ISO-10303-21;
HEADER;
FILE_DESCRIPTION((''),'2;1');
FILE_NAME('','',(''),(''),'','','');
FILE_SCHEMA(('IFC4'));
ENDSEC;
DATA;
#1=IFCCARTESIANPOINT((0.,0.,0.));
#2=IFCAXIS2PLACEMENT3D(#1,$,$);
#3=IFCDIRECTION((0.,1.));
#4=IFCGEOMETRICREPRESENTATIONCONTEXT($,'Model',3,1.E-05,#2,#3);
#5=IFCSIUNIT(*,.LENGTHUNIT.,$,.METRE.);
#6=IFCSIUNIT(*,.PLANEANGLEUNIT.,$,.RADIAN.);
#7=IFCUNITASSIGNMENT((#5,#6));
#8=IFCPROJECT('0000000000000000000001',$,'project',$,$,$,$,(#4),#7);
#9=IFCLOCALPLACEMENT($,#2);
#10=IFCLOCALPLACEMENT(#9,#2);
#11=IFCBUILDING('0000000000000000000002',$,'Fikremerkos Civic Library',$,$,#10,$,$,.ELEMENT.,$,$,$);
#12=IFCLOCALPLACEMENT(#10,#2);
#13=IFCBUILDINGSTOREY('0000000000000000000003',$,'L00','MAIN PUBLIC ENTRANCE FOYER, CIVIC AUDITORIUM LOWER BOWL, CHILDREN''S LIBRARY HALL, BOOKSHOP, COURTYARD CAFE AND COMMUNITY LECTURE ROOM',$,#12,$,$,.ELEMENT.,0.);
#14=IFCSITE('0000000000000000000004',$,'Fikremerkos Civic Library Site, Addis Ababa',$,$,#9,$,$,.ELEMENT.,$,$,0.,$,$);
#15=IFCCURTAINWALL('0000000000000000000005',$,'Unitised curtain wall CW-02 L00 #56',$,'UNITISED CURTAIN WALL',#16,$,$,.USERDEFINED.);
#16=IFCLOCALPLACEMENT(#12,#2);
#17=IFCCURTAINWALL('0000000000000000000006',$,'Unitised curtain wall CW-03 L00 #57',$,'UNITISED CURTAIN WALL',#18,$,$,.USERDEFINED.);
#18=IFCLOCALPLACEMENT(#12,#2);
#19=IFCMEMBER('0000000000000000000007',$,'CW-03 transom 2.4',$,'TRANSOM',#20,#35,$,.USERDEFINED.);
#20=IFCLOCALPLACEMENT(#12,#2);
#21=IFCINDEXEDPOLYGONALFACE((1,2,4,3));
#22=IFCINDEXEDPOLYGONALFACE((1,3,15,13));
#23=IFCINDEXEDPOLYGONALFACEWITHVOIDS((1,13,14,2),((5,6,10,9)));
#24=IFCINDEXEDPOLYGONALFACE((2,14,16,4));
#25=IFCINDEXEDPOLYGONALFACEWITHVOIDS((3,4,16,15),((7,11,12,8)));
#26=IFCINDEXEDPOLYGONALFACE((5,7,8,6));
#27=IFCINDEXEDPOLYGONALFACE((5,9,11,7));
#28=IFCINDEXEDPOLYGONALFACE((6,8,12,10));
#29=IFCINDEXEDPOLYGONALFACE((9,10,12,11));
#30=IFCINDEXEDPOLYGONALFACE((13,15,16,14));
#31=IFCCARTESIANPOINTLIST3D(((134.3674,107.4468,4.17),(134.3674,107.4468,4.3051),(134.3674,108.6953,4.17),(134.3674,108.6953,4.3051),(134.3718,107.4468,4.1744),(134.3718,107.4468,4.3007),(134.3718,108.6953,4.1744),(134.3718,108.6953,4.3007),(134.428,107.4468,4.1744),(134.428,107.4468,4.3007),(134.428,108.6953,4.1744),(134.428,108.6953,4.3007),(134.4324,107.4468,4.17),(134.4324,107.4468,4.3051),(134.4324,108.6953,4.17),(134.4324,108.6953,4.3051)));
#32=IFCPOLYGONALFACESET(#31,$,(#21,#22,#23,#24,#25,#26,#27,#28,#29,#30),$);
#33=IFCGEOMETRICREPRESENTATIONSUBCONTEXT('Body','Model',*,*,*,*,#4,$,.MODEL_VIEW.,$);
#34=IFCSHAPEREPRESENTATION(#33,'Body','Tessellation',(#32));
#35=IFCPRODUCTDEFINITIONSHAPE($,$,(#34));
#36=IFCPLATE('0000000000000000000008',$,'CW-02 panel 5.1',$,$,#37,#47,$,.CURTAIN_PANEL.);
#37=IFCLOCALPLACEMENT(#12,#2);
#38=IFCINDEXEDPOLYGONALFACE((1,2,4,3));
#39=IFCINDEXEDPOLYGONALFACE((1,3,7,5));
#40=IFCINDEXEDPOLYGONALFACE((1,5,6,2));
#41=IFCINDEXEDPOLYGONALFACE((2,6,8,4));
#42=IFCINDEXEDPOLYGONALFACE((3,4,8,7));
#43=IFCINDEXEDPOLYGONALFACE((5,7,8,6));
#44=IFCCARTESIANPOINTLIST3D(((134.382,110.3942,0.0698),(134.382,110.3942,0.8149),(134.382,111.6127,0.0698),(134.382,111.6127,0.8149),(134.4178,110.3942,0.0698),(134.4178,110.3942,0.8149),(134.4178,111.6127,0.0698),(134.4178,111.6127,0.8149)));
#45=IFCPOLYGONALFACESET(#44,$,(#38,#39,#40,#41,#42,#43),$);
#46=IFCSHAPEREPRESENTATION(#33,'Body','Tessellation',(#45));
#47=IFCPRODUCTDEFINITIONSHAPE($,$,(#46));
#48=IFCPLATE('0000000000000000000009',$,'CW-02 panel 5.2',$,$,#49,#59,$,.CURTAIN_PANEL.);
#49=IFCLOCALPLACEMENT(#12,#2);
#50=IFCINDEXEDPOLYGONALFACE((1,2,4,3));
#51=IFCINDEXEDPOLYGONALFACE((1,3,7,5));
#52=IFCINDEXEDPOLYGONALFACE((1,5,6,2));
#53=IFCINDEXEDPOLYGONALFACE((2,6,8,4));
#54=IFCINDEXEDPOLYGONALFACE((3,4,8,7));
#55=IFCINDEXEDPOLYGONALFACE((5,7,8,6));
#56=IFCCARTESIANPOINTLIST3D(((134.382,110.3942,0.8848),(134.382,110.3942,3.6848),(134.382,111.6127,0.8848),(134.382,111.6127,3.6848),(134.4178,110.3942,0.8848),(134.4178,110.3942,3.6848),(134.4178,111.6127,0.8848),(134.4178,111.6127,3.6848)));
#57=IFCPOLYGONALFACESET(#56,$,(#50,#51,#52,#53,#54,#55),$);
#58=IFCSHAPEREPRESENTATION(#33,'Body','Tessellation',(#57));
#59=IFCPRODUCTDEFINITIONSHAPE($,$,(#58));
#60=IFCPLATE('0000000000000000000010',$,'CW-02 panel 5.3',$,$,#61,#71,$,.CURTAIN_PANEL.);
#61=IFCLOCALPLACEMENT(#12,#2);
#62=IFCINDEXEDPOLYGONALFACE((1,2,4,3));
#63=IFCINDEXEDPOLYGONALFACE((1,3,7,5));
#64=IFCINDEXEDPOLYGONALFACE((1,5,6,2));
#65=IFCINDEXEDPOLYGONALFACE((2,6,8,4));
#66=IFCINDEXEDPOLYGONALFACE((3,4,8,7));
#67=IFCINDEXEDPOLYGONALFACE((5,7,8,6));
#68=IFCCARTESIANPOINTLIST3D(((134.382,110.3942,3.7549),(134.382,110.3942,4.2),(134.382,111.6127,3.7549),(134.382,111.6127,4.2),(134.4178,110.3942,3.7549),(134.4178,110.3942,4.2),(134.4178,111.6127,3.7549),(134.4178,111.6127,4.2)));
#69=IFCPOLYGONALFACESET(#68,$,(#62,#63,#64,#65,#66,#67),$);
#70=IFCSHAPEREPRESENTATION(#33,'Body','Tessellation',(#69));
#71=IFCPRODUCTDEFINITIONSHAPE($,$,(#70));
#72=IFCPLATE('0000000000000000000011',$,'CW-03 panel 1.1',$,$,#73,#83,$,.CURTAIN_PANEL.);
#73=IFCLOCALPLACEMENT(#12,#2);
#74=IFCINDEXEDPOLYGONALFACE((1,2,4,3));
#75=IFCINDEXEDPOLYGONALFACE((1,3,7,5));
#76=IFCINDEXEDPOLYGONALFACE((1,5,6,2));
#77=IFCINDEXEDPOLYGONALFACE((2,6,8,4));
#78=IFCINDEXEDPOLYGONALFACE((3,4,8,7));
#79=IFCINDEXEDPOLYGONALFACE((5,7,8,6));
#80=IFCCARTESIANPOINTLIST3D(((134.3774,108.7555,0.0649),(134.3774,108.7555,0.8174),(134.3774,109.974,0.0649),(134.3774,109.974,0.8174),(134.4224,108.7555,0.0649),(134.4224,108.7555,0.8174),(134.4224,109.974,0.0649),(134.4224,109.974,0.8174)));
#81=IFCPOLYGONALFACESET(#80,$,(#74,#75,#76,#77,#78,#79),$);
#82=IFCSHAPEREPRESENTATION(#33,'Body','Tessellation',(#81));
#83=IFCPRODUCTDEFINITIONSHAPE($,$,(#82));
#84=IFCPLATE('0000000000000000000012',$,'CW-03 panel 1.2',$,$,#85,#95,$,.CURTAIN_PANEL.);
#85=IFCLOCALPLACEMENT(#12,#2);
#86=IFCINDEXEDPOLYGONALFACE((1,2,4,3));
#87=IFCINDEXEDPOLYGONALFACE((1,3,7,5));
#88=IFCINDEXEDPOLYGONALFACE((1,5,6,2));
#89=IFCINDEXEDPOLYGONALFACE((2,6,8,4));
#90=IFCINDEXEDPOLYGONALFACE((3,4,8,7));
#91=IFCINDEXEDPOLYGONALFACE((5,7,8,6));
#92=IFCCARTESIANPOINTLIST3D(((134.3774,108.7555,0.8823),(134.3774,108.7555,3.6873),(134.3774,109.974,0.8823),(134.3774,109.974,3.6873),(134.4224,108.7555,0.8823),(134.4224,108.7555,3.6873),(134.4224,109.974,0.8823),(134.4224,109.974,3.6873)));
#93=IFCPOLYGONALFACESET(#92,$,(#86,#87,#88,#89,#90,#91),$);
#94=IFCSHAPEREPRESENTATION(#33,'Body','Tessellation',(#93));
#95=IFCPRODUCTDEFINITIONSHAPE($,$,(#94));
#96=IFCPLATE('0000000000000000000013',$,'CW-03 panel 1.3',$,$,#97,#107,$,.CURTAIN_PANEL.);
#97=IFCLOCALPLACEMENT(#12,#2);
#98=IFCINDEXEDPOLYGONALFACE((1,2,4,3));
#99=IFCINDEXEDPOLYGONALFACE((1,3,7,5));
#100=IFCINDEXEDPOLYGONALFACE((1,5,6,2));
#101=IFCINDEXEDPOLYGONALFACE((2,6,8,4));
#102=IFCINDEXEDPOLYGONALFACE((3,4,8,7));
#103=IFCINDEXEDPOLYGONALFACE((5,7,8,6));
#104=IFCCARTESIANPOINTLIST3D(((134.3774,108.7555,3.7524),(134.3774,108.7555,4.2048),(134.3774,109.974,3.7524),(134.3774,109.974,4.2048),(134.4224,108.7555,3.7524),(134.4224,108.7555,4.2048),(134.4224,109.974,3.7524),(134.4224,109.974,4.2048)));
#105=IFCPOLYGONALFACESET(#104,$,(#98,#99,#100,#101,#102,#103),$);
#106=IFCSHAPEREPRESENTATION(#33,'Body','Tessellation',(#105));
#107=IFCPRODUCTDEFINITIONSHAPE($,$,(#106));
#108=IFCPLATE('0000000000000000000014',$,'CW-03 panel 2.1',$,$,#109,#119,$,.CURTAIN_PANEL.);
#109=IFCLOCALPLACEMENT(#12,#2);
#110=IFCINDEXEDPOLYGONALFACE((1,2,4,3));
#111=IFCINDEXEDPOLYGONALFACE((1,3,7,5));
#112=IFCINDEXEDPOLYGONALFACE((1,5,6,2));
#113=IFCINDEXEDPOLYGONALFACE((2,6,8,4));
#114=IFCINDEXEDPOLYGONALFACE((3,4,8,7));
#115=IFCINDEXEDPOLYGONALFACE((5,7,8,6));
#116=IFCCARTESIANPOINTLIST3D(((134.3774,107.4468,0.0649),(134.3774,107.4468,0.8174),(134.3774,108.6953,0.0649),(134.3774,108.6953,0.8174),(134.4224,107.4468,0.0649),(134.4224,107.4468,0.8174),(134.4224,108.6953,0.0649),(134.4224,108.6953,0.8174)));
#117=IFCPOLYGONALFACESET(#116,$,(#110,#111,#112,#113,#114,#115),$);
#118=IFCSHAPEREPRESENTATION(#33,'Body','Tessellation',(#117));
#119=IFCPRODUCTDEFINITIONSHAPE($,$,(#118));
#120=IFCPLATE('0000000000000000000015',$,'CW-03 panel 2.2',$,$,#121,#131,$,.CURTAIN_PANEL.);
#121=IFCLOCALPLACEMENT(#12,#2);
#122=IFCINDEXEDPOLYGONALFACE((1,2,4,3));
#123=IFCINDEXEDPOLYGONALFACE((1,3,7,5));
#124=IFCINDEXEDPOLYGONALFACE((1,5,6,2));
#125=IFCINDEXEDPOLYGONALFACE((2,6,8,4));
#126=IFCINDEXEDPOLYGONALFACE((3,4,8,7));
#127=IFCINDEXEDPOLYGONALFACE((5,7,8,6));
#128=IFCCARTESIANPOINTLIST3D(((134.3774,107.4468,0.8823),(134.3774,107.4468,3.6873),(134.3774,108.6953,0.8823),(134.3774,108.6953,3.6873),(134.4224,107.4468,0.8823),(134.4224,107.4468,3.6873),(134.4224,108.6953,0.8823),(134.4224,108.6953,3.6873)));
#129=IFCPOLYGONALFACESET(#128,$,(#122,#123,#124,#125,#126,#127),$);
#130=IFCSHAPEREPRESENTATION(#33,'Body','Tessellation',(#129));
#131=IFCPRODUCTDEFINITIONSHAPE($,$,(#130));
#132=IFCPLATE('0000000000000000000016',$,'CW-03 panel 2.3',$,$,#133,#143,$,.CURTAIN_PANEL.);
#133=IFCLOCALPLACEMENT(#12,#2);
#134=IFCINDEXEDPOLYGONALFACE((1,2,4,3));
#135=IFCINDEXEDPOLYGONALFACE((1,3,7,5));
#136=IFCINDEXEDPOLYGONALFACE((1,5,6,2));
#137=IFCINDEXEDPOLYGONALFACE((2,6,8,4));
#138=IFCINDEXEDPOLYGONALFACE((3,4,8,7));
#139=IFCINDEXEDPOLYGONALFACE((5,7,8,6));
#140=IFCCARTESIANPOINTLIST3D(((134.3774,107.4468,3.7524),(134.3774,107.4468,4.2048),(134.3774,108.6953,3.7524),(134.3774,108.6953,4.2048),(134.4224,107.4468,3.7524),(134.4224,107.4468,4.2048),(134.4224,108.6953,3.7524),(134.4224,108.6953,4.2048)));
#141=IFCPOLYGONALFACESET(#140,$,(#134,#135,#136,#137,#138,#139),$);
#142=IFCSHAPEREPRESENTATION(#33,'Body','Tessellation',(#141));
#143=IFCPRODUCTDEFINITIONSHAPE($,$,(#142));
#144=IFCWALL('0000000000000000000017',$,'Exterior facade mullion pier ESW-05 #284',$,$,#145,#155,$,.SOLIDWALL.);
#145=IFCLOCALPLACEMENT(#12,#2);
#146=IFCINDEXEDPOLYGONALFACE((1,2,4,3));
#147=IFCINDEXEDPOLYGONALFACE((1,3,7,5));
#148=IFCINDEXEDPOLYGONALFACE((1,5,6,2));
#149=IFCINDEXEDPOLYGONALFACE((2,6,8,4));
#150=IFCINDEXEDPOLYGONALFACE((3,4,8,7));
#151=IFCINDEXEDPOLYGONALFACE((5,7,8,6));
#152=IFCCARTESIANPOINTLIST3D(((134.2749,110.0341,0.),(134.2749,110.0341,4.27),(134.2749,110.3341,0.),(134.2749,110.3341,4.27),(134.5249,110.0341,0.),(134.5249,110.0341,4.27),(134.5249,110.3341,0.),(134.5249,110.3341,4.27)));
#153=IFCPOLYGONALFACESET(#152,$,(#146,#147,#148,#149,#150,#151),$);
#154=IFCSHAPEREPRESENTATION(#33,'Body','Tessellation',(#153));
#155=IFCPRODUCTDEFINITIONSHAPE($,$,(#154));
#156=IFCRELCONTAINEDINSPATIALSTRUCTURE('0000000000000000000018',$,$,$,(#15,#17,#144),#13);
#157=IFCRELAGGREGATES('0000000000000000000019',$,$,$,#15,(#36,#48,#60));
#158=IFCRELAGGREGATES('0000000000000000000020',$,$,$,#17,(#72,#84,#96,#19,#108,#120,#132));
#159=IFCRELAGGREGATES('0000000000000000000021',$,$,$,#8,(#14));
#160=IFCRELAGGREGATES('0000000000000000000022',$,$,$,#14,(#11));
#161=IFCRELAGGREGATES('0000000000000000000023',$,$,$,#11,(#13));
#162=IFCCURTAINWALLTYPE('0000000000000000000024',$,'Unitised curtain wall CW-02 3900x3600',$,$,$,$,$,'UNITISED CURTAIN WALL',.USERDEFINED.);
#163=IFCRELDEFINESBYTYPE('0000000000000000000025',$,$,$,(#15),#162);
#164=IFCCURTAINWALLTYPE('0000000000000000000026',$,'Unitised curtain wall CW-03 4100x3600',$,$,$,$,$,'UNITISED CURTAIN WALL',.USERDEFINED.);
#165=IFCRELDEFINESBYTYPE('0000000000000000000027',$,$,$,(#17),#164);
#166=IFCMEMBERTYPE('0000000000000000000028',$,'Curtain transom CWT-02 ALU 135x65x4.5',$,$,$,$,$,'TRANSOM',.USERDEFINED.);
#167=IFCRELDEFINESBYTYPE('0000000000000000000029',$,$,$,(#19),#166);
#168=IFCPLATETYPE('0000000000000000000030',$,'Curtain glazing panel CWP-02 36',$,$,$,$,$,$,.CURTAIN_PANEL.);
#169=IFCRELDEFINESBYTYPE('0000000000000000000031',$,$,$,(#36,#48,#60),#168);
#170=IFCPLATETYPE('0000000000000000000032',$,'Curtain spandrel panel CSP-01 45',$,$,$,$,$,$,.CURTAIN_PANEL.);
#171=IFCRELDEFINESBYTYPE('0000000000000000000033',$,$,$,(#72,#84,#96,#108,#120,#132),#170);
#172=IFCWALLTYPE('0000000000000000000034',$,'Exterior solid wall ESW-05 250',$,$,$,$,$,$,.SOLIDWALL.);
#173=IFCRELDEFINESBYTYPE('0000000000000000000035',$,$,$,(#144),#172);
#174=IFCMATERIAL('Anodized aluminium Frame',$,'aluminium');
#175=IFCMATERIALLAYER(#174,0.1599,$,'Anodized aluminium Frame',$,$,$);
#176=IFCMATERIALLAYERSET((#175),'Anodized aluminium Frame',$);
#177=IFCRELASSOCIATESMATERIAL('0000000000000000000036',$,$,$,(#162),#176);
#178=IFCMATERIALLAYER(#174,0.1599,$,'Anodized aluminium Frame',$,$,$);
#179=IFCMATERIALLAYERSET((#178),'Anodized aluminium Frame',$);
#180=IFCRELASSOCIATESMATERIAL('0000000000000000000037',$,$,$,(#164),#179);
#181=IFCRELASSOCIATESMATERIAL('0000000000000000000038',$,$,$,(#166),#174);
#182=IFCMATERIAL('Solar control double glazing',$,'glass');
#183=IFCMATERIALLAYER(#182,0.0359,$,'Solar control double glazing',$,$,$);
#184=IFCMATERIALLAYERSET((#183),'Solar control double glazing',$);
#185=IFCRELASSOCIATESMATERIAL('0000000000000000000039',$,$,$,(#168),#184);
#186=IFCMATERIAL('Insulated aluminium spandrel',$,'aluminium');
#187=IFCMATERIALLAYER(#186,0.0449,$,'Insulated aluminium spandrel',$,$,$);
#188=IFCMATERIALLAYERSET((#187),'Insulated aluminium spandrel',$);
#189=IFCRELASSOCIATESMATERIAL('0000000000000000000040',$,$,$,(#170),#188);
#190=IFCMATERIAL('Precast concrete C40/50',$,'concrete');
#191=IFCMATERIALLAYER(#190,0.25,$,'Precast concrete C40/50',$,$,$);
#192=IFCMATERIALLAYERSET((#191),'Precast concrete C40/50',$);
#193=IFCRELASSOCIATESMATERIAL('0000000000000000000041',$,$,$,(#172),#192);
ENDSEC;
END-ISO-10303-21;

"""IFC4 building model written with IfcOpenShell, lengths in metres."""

from ifc_helpers import new_model, si_unit, direction, frame, frame_2d, origin, origin_2d, place, context, subcontext, project, spatial, rectangle, hollow_rectangle, extrude, material, layer, layer_set, material_profile, profile_set, type_object, element, aggregate, save


model = new_model("IFC4")

# Units and contexts
model_context = context("Model", 3, precision=1e-05, world=origin(), true_north=direction((0.0, 1.0)))
body_context = subcontext(model_context, "Body", "Model", "MODEL_VIEW")
ifc_project = project(units=[si_unit("LENGTHUNIT", "METRE"), si_unit("PLANEANGLEUNIT", "RADIAN")], contexts=[model_context])

# Site, building, storey
site_placement = place(None, origin())
site = spatial("IfcSite", under=ifc_project, at=site_placement, Name="Fikremerkos Civic Library Site, Addis Ababa", CompositionType="ELEMENT", RefElevation=0.0)
building_placement = place(site_placement, origin())
building = spatial("IfcBuilding", under=site, at=building_placement, Name="Fikremerkos Civic Library", CompositionType="ELEMENT")
storey_placement = place(building_placement, origin())
storey = spatial("IfcBuildingStorey", under=building, at=storey_placement, Name="L00", Description="MAIN PUBLIC ENTRANCE FOYER, CIVIC AUDITORIUM LOWER BOWL, CHILDREN'S LIBRARY HALL, BOOKSHOP, COURTYARD CAFE AND COMMUNITY LECTURE ROOM", CompositionType="ELEMENT", Elevation=0.0)

# Curtain wall
ifc_material_1 = material(Name="Anodized aluminium Frame", Category="aluminium")
ifc_layer_1 = layer(ifc_material_1, 0.1599, Name="Anodized aluminium Frame")
ifc_layer_set_1 = layer_set([ifc_layer_1], Name="Anodized aluminium Frame")
curtain_wall_type_1 = type_object("IfcCurtainWallType", Name="Unitised curtain wall CW-02 3900x3600", ElementType="UNITISED CURTAIN WALL", PredefinedType="USERDEFINED", material=ifc_layer_set_1)
curtain_wall_1_placement = place(storey_placement, origin())
curtain_wall_1 = element("IfcCurtainWall", 1, at=curtain_wall_1_placement, inside=storey, type_object=curtain_wall_type_1, Name="Unitised curtain wall CW-02 L00 #56", ObjectType="UNITISED CURTAIN WALL", PredefinedType="USERDEFINED")

# Curtain wall, member
ifc_layer_2 = layer(ifc_material_1, 0.1599, Name="Anodized aluminium Frame")
ifc_layer_set_2 = layer_set([ifc_layer_2], Name="Anodized aluminium Frame")
curtain_wall_type_2 = type_object("IfcCurtainWallType", Name="Unitised curtain wall CW-03 4100x3600", ElementType="UNITISED CURTAIN WALL", PredefinedType="USERDEFINED", material=ifc_layer_set_2)
curtain_wall_2_placement = place(storey_placement, origin())
curtain_wall_2 = element("IfcCurtainWall", 2, at=curtain_wall_2_placement, inside=storey, type_object=curtain_wall_type_2, Name="Unitised curtain wall CW-03 L00 #57", ObjectType="UNITISED CURTAIN WALL", PredefinedType="USERDEFINED")
ifc_material_profile_1 = material_profile(ifc_material_1, hollow_rectangle(XDim=0.0649, YDim=0.135, WallThickness=0.0044, at=origin_2d()), Name="ALU 135x65x4.5")
ifc_profile_set_1 = profile_set([ifc_material_profile_1], Name="Anodized aluminium Frame")
member_type_1 = type_object("IfcMemberType", Name="Curtain transom CWT-02 ALU 135x65x4.5", ElementType="TRANSOM", PredefinedType="USERDEFINED", material=ifc_profile_set_1)
member_1_placement = place(storey_placement, frame((134.3999, 108.6953, 4.2375), z_axis=(0.0, -1.0, 0.0), x_axis=(1.0, 0.0, 0.0)))
member_1 = element("IfcMember", 3, at=member_1_placement, type_object=member_type_1, Name="CW-03 transom 2.4", ObjectType="TRANSOM", PredefinedType="USERDEFINED", context=body_context, shape_type="SweptSolid", body=[
    extrude(hollow_rectangle(XDim=0.0649, YDim=0.135, WallThickness=0.0044, at=origin_2d()), origin(), (0.0, 0.0, 1.0), 1.2485),
])

# Plates
ifc_material_2 = material(Name="Solar control double glazing", Category="glass")
ifc_layer_3 = layer(ifc_material_2, 0.0359, Name="Solar control double glazing")
ifc_layer_set_3 = layer_set([ifc_layer_3], Name="Solar control double glazing")
plate_type_1 = type_object("IfcPlateType", Name="Curtain glazing panel CWP-02 36", PredefinedType="CURTAIN_PANEL", material=ifc_layer_set_3)
plate_1_placement = place(storey_placement, frame((134.3999, 111.0034, 0.0698), z_axis=(0.0, 0.0, 1.0), x_axis=(0.0, -1.0, 0.0)))
plate_1 = element("IfcPlate", 4, at=plate_1_placement, type_object=plate_type_1, Name="CW-02 panel 5.1", PredefinedType="CURTAIN_PANEL", context=body_context, shape_type="SweptSolid", body=[
    extrude(rectangle(XDim=1.2185, YDim=0.0359, at=origin_2d()), origin(), (0.0, 0.0, 1.0), 0.7451),
])
plate_2_placement = place(storey_placement, frame((134.3999, 111.0034, 0.8848), z_axis=(0.0, 0.0, 1.0), x_axis=(0.0, -1.0, 0.0)))
plate_2 = element("IfcPlate", 5, at=plate_2_placement, type_object=plate_type_1, Name="CW-02 panel 5.2", PredefinedType="CURTAIN_PANEL", context=body_context, shape_type="SweptSolid", body=[
    extrude(rectangle(XDim=1.2185, YDim=0.0359, at=origin_2d()), origin(), (0.0, 0.0, 1.0), 2.8),
])
plate_3_placement = place(storey_placement, frame((134.3999, 111.0034, 3.7549), z_axis=(0.0, 0.0, 1.0), x_axis=(0.0, -1.0, 0.0)))
plate_3 = element("IfcPlate", 6, at=plate_3_placement, type_object=plate_type_1, Name="CW-02 panel 5.3", PredefinedType="CURTAIN_PANEL", context=body_context, shape_type="SweptSolid", body=[
    extrude(rectangle(XDim=1.2185, YDim=0.0359, at=origin_2d()), origin(), (0.0, 0.0, 1.0), 0.4451),
])
aggregate(curtain_wall_1, [plate_1, plate_2, plate_3])
ifc_material_3 = material(Name="Insulated aluminium spandrel", Category="aluminium")
ifc_layer_4 = layer(ifc_material_3, 0.0449, Name="Insulated aluminium spandrel")
ifc_layer_set_4 = layer_set([ifc_layer_4], Name="Insulated aluminium spandrel")
plate_type_2 = type_object("IfcPlateType", Name="Curtain spandrel panel CSP-01 45", PredefinedType="CURTAIN_PANEL", material=ifc_layer_set_4)
plate_4_placement = place(storey_placement, frame((134.3999, 109.3647, 0.0649), z_axis=(0.0, 0.0, 1.0), x_axis=(0.0, -1.0, 0.0)))
plate_4 = element("IfcPlate", 7, at=plate_4_placement, type_object=plate_type_2, Name="CW-03 panel 1.1", PredefinedType="CURTAIN_PANEL", context=body_context, shape_type="SweptSolid", body=[
    extrude(rectangle(XDim=1.2185, YDim=0.0449, at=origin_2d()), origin(), (0.0, 0.0, 1.0), 0.7524),
])
plate_5_placement = place(storey_placement, frame((134.3999, 109.3647, 0.8823), z_axis=(0.0, 0.0, 1.0), x_axis=(0.0, -1.0, 0.0)))
plate_5 = element("IfcPlate", 8, at=plate_5_placement, type_object=plate_type_2, Name="CW-03 panel 1.2", PredefinedType="CURTAIN_PANEL", context=body_context, shape_type="SweptSolid", body=[
    extrude(rectangle(XDim=1.2185, YDim=0.0449, at=origin_2d()), origin(), (0.0, 0.0, 1.0), 2.8049),
])
plate_6_placement = place(storey_placement, frame((134.3999, 109.3647, 3.7524), z_axis=(0.0, 0.0, 1.0), x_axis=(0.0, -1.0, 0.0)))
plate_6 = element("IfcPlate", 9, at=plate_6_placement, type_object=plate_type_2, Name="CW-03 panel 1.3", PredefinedType="CURTAIN_PANEL", context=body_context, shape_type="SweptSolid", body=[
    extrude(rectangle(XDim=1.2185, YDim=0.0449, at=origin_2d()), origin(), (0.0, 0.0, 1.0), 0.4524),
])
plate_7_placement = place(storey_placement, frame((134.3999, 108.071, 0.0649), z_axis=(0.0, 0.0, 1.0), x_axis=(0.0, -1.0, 0.0)))
plate_7 = element("IfcPlate", 10, at=plate_7_placement, type_object=plate_type_2, Name="CW-03 panel 2.1", PredefinedType="CURTAIN_PANEL", context=body_context, shape_type="SweptSolid", body=[
    extrude(rectangle(XDim=1.2485, YDim=0.0449, at=origin_2d()), origin(), (0.0, 0.0, 1.0), 0.7524),
])
plate_8_placement = place(storey_placement, frame((134.3999, 108.071, 0.8823), z_axis=(0.0, 0.0, 1.0), x_axis=(0.0, -1.0, 0.0)))
plate_8 = element("IfcPlate", 11, at=plate_8_placement, type_object=plate_type_2, Name="CW-03 panel 2.2", PredefinedType="CURTAIN_PANEL", context=body_context, shape_type="SweptSolid", body=[
    extrude(rectangle(XDim=1.2485, YDim=0.0449, at=origin_2d()), origin(), (0.0, 0.0, 1.0), 2.8049),
])
plate_9_placement = place(storey_placement, frame((134.3999, 108.071, 3.7524), z_axis=(0.0, 0.0, 1.0), x_axis=(0.0, -1.0, 0.0)))
plate_9 = element("IfcPlate", 12, at=plate_9_placement, type_object=plate_type_2, Name="CW-03 panel 2.3", PredefinedType="CURTAIN_PANEL", context=body_context, shape_type="SweptSolid", body=[
    extrude(rectangle(XDim=1.2485, YDim=0.0449, at=origin_2d()), origin(), (0.0, 0.0, 1.0), 0.4524),
])
aggregate(curtain_wall_2, [plate_4, plate_5, plate_6, member_1, plate_7, plate_8, plate_9])

# Wall
ifc_material_4 = material(Name="Precast concrete C40/50", Category="concrete")
ifc_layer_5 = layer(ifc_material_4, 0.25, Name="Precast concrete C40/50")
ifc_layer_set_5 = layer_set([ifc_layer_5], Name="Precast concrete C40/50")
wall_type = type_object("IfcWallType", Name="Exterior solid wall ESW-05 250", PredefinedType="SOLIDWALL", material=ifc_layer_set_5)
wall_placement = place(storey_placement, frame((134.3999, 110.334, 0.0), z_axis=(0.0, 0.0, 1.0), x_axis=(0.0, -1.0, 0.0)))
element("IfcWall", 13, at=wall_placement, inside=storey, type_object=wall_type, Name="Exterior facade mullion pier ESW-05 #284", PredefinedType="SOLIDWALL", context=body_context, shape_type="SweptSolid", body=[
    extrude(rectangle(XDim=0.3, YDim=0.25, at=frame_2d((0.1499, 0.0))), origin(), (0.0, 0.0, 1.0), 4.27),
])

save(model, "model.ifc")
